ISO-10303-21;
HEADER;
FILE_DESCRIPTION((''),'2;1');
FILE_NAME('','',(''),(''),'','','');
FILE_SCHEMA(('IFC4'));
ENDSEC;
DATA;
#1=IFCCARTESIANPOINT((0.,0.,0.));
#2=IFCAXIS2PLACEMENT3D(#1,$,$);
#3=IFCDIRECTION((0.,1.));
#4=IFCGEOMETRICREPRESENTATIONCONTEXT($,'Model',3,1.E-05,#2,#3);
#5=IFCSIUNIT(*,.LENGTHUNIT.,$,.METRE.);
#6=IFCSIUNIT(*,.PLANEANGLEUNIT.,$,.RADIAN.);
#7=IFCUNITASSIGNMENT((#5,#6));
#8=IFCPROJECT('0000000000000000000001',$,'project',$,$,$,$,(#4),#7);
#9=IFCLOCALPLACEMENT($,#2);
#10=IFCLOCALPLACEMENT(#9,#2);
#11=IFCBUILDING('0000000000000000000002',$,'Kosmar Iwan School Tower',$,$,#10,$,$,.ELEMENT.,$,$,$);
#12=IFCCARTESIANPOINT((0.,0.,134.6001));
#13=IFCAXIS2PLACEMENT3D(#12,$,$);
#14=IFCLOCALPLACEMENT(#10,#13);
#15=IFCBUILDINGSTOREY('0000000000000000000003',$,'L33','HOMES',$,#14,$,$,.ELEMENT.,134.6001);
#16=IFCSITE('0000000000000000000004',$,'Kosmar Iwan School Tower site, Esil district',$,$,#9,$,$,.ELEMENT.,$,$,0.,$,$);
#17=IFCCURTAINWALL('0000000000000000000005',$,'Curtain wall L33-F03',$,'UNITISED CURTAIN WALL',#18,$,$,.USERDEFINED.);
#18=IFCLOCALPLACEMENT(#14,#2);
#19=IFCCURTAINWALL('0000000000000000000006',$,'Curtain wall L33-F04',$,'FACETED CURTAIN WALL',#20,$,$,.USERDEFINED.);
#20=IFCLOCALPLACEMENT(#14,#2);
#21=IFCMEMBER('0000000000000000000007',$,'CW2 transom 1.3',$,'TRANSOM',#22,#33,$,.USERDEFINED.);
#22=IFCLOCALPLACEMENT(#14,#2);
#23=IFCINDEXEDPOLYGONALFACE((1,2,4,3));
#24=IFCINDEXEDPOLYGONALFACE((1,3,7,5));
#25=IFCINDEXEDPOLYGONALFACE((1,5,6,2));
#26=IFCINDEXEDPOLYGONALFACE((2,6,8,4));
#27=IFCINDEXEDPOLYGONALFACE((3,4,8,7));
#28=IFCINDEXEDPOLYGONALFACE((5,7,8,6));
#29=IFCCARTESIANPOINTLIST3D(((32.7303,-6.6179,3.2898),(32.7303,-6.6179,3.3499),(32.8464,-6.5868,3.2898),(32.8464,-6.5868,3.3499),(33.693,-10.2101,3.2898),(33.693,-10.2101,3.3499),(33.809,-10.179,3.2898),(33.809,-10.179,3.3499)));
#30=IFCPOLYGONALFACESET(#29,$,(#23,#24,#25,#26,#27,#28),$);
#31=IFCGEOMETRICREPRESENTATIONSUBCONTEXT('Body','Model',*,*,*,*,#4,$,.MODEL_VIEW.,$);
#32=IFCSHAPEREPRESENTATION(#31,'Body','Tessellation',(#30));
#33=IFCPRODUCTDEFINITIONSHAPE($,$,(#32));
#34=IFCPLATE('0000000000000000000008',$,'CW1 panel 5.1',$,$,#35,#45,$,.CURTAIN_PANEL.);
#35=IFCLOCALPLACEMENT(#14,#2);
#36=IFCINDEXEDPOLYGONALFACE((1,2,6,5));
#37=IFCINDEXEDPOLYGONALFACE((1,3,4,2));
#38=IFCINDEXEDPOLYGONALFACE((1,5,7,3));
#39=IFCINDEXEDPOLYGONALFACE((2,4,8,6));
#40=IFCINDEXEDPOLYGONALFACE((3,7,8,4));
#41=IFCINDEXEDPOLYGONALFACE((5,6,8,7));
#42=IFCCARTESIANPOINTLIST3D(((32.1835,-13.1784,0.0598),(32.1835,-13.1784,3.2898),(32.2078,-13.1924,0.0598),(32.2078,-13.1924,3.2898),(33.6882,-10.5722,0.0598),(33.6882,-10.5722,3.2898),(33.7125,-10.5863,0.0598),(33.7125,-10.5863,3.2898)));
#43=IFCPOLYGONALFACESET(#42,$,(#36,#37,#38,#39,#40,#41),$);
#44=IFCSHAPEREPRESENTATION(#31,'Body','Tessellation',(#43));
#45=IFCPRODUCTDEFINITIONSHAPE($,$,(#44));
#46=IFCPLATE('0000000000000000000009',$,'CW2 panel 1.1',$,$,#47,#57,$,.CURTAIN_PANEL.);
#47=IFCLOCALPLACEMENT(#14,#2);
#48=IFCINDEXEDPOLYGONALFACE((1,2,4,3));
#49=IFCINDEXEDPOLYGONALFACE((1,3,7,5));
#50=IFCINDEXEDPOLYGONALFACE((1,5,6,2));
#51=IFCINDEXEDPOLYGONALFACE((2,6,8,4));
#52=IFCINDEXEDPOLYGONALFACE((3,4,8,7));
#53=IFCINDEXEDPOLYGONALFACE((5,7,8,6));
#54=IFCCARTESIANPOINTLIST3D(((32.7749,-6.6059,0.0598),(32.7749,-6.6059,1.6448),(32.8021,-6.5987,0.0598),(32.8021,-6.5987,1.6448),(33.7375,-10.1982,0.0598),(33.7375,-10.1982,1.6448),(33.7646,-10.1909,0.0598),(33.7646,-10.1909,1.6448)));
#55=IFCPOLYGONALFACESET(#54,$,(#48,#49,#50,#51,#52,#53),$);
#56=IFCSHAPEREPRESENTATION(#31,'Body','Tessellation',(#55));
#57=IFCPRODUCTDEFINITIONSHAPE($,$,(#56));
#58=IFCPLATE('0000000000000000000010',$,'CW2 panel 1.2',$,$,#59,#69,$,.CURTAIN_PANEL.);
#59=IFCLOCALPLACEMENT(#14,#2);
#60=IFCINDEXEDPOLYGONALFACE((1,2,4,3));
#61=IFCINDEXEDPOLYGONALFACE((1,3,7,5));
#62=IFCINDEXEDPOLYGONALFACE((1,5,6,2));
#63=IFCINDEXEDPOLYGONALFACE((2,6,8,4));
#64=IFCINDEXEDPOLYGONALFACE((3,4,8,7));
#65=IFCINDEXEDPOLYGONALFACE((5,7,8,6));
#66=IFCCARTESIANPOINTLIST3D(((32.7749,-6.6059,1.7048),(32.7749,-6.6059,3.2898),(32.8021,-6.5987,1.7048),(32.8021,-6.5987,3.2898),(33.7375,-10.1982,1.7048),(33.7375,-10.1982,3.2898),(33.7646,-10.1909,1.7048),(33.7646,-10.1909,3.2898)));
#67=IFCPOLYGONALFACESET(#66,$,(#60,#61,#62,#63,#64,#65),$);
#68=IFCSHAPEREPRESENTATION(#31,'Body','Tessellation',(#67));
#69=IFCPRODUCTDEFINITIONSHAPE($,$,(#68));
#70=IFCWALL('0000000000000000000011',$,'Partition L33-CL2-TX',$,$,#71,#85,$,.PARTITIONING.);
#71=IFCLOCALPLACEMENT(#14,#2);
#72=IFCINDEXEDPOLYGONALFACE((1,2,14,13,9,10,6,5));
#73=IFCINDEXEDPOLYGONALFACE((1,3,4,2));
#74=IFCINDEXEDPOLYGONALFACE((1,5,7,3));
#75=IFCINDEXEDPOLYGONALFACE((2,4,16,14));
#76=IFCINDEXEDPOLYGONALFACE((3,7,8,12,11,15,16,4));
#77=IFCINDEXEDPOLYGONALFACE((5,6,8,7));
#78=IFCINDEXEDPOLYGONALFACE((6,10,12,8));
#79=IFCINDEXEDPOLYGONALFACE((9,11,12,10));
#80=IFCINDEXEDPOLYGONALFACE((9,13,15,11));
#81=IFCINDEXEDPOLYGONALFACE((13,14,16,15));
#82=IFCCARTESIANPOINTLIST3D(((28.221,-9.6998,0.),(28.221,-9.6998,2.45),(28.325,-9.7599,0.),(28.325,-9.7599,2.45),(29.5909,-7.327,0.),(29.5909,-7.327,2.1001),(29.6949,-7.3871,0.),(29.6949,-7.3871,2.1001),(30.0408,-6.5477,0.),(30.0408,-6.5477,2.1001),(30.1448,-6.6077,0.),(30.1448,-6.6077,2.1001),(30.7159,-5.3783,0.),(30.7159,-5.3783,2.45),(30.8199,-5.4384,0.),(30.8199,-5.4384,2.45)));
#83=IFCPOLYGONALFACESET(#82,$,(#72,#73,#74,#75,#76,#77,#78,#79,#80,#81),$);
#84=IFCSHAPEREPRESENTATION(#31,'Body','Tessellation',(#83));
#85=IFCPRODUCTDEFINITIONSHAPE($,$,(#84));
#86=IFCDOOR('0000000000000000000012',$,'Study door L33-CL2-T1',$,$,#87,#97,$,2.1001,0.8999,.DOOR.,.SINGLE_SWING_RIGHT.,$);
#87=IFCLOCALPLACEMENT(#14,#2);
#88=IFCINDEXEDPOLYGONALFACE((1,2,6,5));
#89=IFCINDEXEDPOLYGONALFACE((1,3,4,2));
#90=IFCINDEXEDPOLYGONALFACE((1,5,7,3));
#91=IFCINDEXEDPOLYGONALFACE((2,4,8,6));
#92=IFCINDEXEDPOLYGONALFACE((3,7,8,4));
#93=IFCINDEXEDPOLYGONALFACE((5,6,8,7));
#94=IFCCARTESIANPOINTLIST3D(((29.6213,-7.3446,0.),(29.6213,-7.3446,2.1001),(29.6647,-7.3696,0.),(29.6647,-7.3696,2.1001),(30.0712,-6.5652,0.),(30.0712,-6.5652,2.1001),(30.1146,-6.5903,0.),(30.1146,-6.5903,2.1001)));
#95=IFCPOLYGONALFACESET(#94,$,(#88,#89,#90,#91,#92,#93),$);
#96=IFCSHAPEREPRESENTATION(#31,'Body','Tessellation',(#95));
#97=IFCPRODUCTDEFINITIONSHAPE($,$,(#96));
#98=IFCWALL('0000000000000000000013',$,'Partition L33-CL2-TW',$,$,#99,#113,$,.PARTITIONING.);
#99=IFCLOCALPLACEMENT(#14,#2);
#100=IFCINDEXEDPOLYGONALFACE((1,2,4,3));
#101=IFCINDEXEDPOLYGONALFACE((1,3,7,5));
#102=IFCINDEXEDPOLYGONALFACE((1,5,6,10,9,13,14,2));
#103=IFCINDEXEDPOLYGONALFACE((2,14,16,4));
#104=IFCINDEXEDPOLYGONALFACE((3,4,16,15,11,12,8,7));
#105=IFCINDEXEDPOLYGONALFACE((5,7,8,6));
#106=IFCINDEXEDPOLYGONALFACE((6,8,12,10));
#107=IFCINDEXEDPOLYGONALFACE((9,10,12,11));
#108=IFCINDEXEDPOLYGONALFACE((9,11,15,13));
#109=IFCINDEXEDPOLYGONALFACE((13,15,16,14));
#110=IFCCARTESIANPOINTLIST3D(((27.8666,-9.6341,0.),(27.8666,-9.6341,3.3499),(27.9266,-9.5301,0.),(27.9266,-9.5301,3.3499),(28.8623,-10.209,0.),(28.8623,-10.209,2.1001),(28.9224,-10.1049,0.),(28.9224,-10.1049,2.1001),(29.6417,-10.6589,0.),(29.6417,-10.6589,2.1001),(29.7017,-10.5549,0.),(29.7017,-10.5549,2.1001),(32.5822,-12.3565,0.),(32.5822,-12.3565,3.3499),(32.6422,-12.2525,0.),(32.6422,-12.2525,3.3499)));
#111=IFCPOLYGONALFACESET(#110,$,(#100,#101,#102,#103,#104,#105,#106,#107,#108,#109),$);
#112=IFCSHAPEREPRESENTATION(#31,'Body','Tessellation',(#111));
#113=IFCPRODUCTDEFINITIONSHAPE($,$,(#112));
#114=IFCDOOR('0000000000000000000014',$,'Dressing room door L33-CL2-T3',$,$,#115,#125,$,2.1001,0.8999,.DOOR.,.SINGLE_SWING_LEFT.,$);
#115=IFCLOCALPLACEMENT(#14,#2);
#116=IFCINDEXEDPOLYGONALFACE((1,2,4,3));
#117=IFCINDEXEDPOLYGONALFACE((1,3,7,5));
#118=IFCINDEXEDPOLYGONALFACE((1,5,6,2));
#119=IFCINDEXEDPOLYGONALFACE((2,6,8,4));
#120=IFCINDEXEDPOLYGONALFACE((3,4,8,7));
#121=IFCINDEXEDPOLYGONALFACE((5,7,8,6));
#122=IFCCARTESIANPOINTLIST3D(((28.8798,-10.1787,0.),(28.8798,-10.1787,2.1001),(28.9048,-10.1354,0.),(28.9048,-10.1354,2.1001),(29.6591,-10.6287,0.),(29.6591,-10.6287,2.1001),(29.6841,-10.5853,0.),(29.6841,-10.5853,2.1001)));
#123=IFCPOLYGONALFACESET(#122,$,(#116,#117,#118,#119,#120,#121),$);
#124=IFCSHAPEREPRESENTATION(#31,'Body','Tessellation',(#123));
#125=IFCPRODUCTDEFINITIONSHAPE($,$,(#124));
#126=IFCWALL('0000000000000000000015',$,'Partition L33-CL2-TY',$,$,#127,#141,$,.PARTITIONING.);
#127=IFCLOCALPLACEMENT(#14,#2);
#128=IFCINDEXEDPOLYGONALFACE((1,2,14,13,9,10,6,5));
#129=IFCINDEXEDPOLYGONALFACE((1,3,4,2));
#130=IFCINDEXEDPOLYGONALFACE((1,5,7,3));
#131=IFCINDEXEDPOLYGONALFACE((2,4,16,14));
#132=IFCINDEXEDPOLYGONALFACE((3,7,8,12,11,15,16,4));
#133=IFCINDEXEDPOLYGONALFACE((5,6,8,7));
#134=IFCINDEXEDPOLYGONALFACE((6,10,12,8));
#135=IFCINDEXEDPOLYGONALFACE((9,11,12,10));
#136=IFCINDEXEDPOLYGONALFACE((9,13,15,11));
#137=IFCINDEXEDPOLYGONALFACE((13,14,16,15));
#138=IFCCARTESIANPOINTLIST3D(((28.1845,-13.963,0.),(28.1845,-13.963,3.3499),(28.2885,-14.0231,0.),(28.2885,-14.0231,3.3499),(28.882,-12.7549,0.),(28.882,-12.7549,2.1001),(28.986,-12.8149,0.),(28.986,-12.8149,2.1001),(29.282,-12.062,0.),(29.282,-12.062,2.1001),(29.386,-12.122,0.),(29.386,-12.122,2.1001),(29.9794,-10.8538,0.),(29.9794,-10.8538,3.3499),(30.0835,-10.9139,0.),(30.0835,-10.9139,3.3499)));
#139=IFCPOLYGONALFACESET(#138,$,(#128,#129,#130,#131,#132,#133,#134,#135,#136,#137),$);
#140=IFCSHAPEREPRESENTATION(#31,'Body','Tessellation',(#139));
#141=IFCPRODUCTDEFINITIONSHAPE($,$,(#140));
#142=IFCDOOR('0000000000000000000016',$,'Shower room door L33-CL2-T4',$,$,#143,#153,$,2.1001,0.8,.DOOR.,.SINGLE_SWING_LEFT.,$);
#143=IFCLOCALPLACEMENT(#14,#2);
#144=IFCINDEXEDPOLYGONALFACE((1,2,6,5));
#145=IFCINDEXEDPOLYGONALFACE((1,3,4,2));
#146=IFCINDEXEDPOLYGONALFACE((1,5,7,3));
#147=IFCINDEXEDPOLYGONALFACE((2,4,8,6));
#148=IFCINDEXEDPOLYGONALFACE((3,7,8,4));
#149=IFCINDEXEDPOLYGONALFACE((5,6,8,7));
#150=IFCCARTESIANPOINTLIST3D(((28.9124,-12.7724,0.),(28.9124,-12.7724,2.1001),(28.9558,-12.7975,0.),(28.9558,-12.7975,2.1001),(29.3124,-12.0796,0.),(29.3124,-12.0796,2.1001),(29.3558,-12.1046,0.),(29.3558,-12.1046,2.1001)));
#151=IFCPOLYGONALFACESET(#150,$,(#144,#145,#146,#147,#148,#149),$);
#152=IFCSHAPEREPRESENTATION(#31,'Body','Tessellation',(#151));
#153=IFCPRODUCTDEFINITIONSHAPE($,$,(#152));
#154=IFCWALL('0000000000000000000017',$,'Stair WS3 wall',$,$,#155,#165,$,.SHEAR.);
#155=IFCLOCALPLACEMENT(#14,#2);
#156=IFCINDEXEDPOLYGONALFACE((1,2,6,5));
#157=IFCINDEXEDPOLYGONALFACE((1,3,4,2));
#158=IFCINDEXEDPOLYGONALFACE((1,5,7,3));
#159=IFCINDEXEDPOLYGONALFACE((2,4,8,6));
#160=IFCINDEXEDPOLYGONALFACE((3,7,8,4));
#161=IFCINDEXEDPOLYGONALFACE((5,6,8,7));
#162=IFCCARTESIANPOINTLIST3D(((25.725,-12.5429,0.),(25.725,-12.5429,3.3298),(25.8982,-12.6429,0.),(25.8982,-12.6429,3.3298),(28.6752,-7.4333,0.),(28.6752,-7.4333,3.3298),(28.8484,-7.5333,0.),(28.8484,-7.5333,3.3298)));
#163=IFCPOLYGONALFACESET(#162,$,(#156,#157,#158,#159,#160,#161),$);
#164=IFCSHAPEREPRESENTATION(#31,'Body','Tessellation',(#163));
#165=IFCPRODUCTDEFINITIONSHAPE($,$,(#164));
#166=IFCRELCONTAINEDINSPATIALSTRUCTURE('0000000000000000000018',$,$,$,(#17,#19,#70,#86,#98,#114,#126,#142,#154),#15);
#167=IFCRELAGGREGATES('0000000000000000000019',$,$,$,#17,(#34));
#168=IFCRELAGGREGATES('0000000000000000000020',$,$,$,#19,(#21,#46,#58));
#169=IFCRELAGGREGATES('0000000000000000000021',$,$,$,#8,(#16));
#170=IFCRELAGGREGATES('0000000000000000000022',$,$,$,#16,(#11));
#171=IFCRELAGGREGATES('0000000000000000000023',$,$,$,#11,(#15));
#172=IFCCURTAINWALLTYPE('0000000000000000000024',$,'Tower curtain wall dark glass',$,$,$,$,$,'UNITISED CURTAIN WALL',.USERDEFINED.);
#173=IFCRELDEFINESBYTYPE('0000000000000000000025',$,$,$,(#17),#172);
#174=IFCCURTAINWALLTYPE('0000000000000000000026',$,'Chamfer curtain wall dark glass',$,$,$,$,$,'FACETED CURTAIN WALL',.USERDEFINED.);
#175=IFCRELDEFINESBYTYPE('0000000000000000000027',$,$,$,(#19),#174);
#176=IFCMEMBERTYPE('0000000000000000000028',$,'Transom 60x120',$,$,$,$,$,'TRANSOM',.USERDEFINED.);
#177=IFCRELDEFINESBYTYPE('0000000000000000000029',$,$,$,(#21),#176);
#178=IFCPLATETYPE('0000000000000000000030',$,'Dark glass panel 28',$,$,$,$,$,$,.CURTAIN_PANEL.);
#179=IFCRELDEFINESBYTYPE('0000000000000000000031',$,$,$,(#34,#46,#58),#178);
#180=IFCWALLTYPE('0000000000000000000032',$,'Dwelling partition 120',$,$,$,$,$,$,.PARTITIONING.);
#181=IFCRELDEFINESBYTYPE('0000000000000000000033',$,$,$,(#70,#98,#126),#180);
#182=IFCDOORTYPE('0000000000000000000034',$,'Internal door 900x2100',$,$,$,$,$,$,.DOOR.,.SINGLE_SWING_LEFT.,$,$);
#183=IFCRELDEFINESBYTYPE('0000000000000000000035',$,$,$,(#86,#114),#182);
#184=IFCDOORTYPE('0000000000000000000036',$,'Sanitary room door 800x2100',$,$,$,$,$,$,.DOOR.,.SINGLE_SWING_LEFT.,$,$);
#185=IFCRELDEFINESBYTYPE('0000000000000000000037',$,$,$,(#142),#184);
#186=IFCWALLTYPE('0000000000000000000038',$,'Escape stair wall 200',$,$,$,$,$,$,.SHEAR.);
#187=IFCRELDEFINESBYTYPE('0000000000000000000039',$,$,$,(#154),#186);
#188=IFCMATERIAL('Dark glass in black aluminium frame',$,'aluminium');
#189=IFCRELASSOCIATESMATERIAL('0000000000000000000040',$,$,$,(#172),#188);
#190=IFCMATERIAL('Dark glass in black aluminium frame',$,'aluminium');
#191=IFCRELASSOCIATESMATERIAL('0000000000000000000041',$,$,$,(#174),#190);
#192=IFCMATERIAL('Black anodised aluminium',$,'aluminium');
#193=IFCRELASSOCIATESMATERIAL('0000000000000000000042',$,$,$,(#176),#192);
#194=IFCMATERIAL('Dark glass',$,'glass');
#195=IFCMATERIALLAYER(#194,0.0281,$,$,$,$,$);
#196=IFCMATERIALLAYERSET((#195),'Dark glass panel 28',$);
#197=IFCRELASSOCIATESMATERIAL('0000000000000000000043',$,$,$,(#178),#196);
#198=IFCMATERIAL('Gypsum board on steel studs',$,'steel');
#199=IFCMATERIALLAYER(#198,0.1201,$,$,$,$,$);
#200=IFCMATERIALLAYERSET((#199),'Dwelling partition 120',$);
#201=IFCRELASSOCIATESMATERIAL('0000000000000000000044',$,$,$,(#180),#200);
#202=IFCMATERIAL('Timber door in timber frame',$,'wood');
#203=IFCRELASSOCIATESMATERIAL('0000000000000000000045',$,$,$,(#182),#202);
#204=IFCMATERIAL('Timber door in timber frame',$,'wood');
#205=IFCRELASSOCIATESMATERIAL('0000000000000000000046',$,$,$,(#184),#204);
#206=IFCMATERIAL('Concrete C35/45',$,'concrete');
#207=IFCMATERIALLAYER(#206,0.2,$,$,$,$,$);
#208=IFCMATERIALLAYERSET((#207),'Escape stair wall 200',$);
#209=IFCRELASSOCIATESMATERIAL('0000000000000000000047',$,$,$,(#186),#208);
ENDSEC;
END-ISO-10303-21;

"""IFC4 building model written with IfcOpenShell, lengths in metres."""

from ifc_helpers import new_model, si_unit, direction, frame, frame_2d, origin, origin_2d, place, context, subcontext, project, spatial, rectangle, extrude, material, layer, layer_set, material_profile, profile_set, type_object, element, fill, aggregate, save


model = new_model("IFC4")

# Units and contexts
model_context = context("Model", 3, precision=1e-05, world=origin(), true_north=direction((0.0, 1.0)))
body_context = subcontext(model_context, "Body", "Model", "MODEL_VIEW")
ifc_project = project(units=[si_unit("LENGTHUNIT", "METRE"), si_unit("PLANEANGLEUNIT", "RADIAN")], contexts=[model_context])

# Site, building, storey
site_placement = place(None, origin())
site = spatial("IfcSite", under=ifc_project, at=site_placement, Name="Kosmar Iwan School Tower site, Esil district", CompositionType="ELEMENT", RefElevation=0.0)
building_placement = place(site_placement, origin())
building = spatial("IfcBuilding", under=site, at=building_placement, Name="Kosmar Iwan School Tower", CompositionType="ELEMENT")
storey_placement = place(building_placement, frame((0.0, 0.0, 134.6001)))
storey = spatial("IfcBuildingStorey", under=building, at=storey_placement, Name="L33", Description="HOMES", CompositionType="ELEMENT", Elevation=134.6001)

# Curtain walls
ifc_material_1 = material(Name="Dark glass in black aluminium frame", Category="aluminium")
curtain_wall_type_1 = type_object("IfcCurtainWallType", Name="Tower curtain wall dark glass", ElementType="UNITISED CURTAIN WALL", PredefinedType="USERDEFINED", material=ifc_material_1)
curtain_wall_1_placement = place(storey_placement, origin())
curtain_wall_1 = element("IfcCurtainWall", 1, at=curtain_wall_1_placement, inside=storey, type_object=curtain_wall_type_1, Name="Curtain wall L33-F03", ObjectType="UNITISED CURTAIN WALL", PredefinedType="USERDEFINED")
ifc_material_2 = material(Name="Dark glass in black aluminium frame", Category="aluminium")
curtain_wall_type_2 = type_object("IfcCurtainWallType", Name="Chamfer curtain wall dark glass", ElementType="FACETED CURTAIN WALL", PredefinedType="USERDEFINED", material=ifc_material_2)
curtain_wall_2_placement = place(storey_placement, origin())
curtain_wall_2 = element("IfcCurtainWall", 2, at=curtain_wall_2_placement, inside=storey, type_object=curtain_wall_type_2, Name="Curtain wall L33-F04", ObjectType="FACETED CURTAIN WALL", PredefinedType="USERDEFINED")

# Member
ifc_material_3 = material(Name="Black anodised aluminium", Category="aluminium")
ifc_material_profile_1 = material_profile(ifc_material_3, rectangle(XDim=0.1201, YDim=0.0601, at=origin_2d()), Name="TRANSOM 60x120")
ifc_profile_set_1 = profile_set([ifc_material_profile_1], Name="Black anodised aluminium")
member_type_1 = type_object("IfcMemberType", Name="Transom 60x120", ElementType="TRANSOM", PredefinedType="USERDEFINED", material=ifc_profile_set_1)
member_1_placement = place(storey_placement, frame((33.751, -10.1946, 3.3198), z_axis=(-0.258843, 0.965919, 0.0), x_axis=(-0.965919, -0.258843, 0.0)))
member_1 = element("IfcMember", 3, at=member_1_placement, type_object=member_type_1, Name="CW2 transom 1.3", ObjectType="TRANSOM", PredefinedType="USERDEFINED", context=body_context, shape_type="SweptSolid", body=[
    extrude(rectangle(XDim=0.1201, YDim=0.0601, at=origin_2d()), origin(), (0.0, 0.0, 1.0), 3.719),
])

# Plates
ifc_material_4 = material(Name="Dark glass", Category="glass")
ifc_layer_1 = layer(ifc_material_4, 0.0281)
ifc_layer_set_1 = layer_set([ifc_layer_1], Name="Dark glass panel 28")
plate_type = type_object("IfcPlateType", Name="Dark glass panel 28", PredefinedType="CURTAIN_PANEL", material=ifc_layer_set_1)
plate_1_placement = place(storey_placement, frame((32.948, -11.8823, 0.0598), z_axis=(0.0, 0.0, 1.0), x_axis=(0.5, 0.866025, 0.0)))
plate_1 = element("IfcPlate", 4, at=plate_1_placement, type_object=plate_type, Name="CW1 panel 5.1", PredefinedType="CURTAIN_PANEL", context=body_context, shape_type="SweptSolid", body=[
    extrude(rectangle(XDim=3.0093, YDim=0.0281, at=origin_2d()), origin(), (0.0, 0.0, 1.0), 3.23),
])
aggregate(curtain_wall_1, [plate_1])
plate_2_placement = place(storey_placement, frame((33.2698, -8.3984, 0.0598), z_axis=(0.0, 0.0, 1.0), x_axis=(-0.258819, 0.965926, 0.0)))
plate_2 = element("IfcPlate", 5, at=plate_2_placement, type_object=plate_type, Name="CW2 panel 1.1", PredefinedType="CURTAIN_PANEL", context=body_context, shape_type="SweptSolid", body=[
    extrude(rectangle(XDim=3.719, YDim=0.0281, at=origin_2d()), origin(), (0.0, 0.0, 1.0), 1.585),
])
plate_3_placement = place(storey_placement, frame((33.2698, -8.3984, 1.7048), z_axis=(0.0, 0.0, 1.0), x_axis=(-0.258819, 0.965926, 0.0)))
plate_3 = element("IfcPlate", 6, at=plate_3_placement, type_object=plate_type, Name="CW2 panel 1.2", PredefinedType="CURTAIN_PANEL", context=body_context, shape_type="SweptSolid", body=[
    extrude(rectangle(XDim=3.719, YDim=0.0281, at=origin_2d()), origin(), (0.0, 0.0, 1.0), 1.585),
])
aggregate(curtain_wall_2, [member_1, plate_2, plate_3])

# Walls, openings, doors
ifc_material_5 = material(Name="Gypsum board on steel studs", Category="steel")
ifc_layer_2 = layer(ifc_material_5, 0.1201)
ifc_layer_set_2 = layer_set([ifc_layer_2], Name="Dwelling partition 120")
wall_type_1 = type_object("IfcWallType", Name="Dwelling partition 120", PredefinedType="PARTITIONING", material=ifc_layer_set_2)
wall_1_placement = place(storey_placement, frame((28.2729, -9.73, 0.0), z_axis=(0.0, 0.0, 1.0), x_axis=(0.499975, 0.86604, 0.0)))
wall_1 = element("IfcWall", 7, at=wall_1_placement, inside=storey, type_object=wall_type_1, Name="Partition L33-CL2-TX", PredefinedType="PARTITIONING", context=body_context, shape_type="SweptSolid", body=[
    extrude(rectangle(XDim=4.99, YDim=0.1201, at=frame_2d((2.4951, 0.0))), origin(), (0.0, 0.0, 1.0), 2.45),
])
opening_1_placement = place(wall_1_placement, frame((2.74, 0.0, 0.0)))
opening_1 = element("IfcOpeningElement", 8, at=opening_1_placement, cuts=wall_1, PredefinedType="OPENING", context=body_context, shape_type="SweptSolid", body=[
    extrude(rectangle(XDim=0.8999, YDim=2.1001, at=frame_2d((0.45, 1.05))), frame((0.0, 0.072, 0.0), z_axis=(0.0, -1.0, 0.0), x_axis=(1.0, 0.0, 0.0)), (0.0, 0.0, 1.0), 0.144),
])
ifc_material_6 = material(Name="Timber door in timber frame", Category="wood")
door_type_1 = type_object("IfcDoorType", Name="Internal door 900x2100", OperationType="SINGLE_SWING_LEFT", PredefinedType="DOOR", material=ifc_material_6)
door_1_placement = place(opening_1_placement, origin())
door_1 = element("IfcDoor", 9, at=door_1_placement, inside=storey, type_object=door_type_1, Name="Study door L33-CL2-T1", OperationType="SINGLE_SWING_RIGHT", OverallHeight=2.1001, OverallWidth=0.8999, PredefinedType="DOOR", context=body_context, shape_type="SweptSolid", body=[
    extrude(rectangle(XDim=0.8999, YDim=2.1001, at=frame_2d((0.45, 1.05))), frame((0.0, 0.0249, 0.0), z_axis=(0.0, -1.0, 0.0), x_axis=(1.0, 0.0, 0.0)), (0.0, 0.0, 1.0), 0.05),
])
fill(opening_1, door_1)
wall_2_placement = place(storey_placement, frame((27.8965, -9.582, 0.0), z_axis=(0.0, 0.0, 1.0), x_axis=(0.866036, -0.499982, 0.0)))
wall_2 = element("IfcWall", 10, at=wall_2_placement, inside=storey, type_object=wall_type_1, Name="Partition L33-CL2-TW", PredefinedType="PARTITIONING", context=body_context, shape_type="SweptSolid", body=[
    extrude(rectangle(XDim=5.4451, YDim=0.1201, at=frame_2d((2.7227, 0.0))), origin(), (0.0, 0.0, 1.0), 3.3499),
])
opening_2_placement = place(wall_2_placement, frame((1.1499, 0.0, 0.0)))
opening_2 = element("IfcOpeningElement", 11, at=opening_2_placement, cuts=wall_2, PredefinedType="OPENING", context=body_context, shape_type="SweptSolid", body=[
    extrude(rectangle(XDim=0.8999, YDim=2.1001, at=frame_2d((0.45, 1.05))), frame((0.0, 0.072, 0.0), z_axis=(0.0, -1.0, 0.0), x_axis=(1.0, 0.0, 0.0)), (0.0, 0.0, 1.0), 0.144),
])
door_2_placement = place(opening_2_placement, origin())
door_2 = element("IfcDoor", 12, at=door_2_placement, inside=storey, type_object=door_type_1, Name="Dressing room door L33-CL2-T3", OperationType="SINGLE_SWING_LEFT", OverallHeight=2.1001, OverallWidth=0.8999, PredefinedType="DOOR", context=body_context, shape_type="SweptSolid", body=[
    extrude(rectangle(XDim=0.8999, YDim=2.1001, at=frame_2d((0.45, 1.05))), frame((0.0, 0.0249, 0.0), z_axis=(0.0, -1.0, 0.0), x_axis=(1.0, 0.0, 0.0)), (0.0, 0.0, 1.0), 0.05),
])
fill(opening_2, door_2)
wall_3_placement = place(storey_placement, frame((28.2366, -13.9929, 0.0), z_axis=(0.0, 0.0, 1.0), x_axis=(0.499972, 0.866042, 0.0)))
wall_3 = element("IfcWall", 13, at=wall_3_placement, inside=storey, type_object=wall_type_1, Name="Partition L33-CL2-TY", PredefinedType="PARTITIONING", context=body_context, shape_type="SweptSolid", body=[
    extrude(rectangle(XDim=3.5901, YDim=0.1201, at=frame_2d((1.7949, 0.0))), origin(), (0.0, 0.0, 1.0), 3.3499),
])
opening_3_placement = place(wall_3_placement, frame((1.395, 0.0, 0.0)))
opening_3 = element("IfcOpeningElement", 14, at=opening_3_placement, cuts=wall_3, PredefinedType="OPENING", context=body_context, shape_type="SweptSolid", body=[
    extrude(rectangle(XDim=0.8, YDim=2.1001, at=frame_2d((0.3999, 1.05))), frame((0.0, 0.072, 0.0), z_axis=(0.0, -1.0, 0.0), x_axis=(1.0, 0.0, 0.0)), (0.0, 0.0, 1.0), 0.144),
])
ifc_material_7 = material(Name="Timber door in timber frame", Category="wood")
door_type_2 = type_object("IfcDoorType", Name="Sanitary room door 800x2100", OperationType="SINGLE_SWING_LEFT", PredefinedType="DOOR", material=ifc_material_7)
door_3_placement = place(opening_3_placement, origin())
door_3 = element("IfcDoor", 15, at=door_3_placement, inside=storey, type_object=door_type_2, Name="Shower room door L33-CL2-T4", OperationType="SINGLE_SWING_LEFT", OverallHeight=2.1001, OverallWidth=0.8, PredefinedType="DOOR", context=body_context, shape_type="SweptSolid", body=[
    extrude(rectangle(XDim=0.8, YDim=2.1001, at=frame_2d((0.3999, 1.05))), frame((0.0, 0.0249, 0.0), z_axis=(0.0, -1.0, 0.0), x_axis=(1.0, 0.0, 0.0)), (0.0, 0.0, 1.0), 0.05),
])
fill(opening_3, door_3)

# Wall
ifc_material_8 = material(Name="Concrete C35/45", Category="concrete")
ifc_layer_3 = layer(ifc_material_8, 0.2)
ifc_layer_set_3 = layer_set([ifc_layer_3], Name="Escape stair wall 200")
wall_type_2 = type_object("IfcWallType", Name="Escape stair wall 200", PredefinedType="SHEAR", material=ifc_layer_set_3)
wall_4_placement = place(storey_placement, frame((25.8115, -12.593, 0.0), z_axis=(0.0, 0.0, 1.0), x_axis=(0.50002, 0.866014, 0.0)))
element("IfcWall", 16, at=wall_4_placement, inside=storey, type_object=wall_type_2, Name="Stair WS3 wall", PredefinedType="SHEAR", context=body_context, shape_type="SweptSolid", body=[
    extrude(rectangle(XDim=5.9001, YDim=0.2, at=frame_2d((2.9502, 0.0))), origin(), (0.0, 0.0, 1.0), 3.3298),
])

save(model, "model.ifc")
